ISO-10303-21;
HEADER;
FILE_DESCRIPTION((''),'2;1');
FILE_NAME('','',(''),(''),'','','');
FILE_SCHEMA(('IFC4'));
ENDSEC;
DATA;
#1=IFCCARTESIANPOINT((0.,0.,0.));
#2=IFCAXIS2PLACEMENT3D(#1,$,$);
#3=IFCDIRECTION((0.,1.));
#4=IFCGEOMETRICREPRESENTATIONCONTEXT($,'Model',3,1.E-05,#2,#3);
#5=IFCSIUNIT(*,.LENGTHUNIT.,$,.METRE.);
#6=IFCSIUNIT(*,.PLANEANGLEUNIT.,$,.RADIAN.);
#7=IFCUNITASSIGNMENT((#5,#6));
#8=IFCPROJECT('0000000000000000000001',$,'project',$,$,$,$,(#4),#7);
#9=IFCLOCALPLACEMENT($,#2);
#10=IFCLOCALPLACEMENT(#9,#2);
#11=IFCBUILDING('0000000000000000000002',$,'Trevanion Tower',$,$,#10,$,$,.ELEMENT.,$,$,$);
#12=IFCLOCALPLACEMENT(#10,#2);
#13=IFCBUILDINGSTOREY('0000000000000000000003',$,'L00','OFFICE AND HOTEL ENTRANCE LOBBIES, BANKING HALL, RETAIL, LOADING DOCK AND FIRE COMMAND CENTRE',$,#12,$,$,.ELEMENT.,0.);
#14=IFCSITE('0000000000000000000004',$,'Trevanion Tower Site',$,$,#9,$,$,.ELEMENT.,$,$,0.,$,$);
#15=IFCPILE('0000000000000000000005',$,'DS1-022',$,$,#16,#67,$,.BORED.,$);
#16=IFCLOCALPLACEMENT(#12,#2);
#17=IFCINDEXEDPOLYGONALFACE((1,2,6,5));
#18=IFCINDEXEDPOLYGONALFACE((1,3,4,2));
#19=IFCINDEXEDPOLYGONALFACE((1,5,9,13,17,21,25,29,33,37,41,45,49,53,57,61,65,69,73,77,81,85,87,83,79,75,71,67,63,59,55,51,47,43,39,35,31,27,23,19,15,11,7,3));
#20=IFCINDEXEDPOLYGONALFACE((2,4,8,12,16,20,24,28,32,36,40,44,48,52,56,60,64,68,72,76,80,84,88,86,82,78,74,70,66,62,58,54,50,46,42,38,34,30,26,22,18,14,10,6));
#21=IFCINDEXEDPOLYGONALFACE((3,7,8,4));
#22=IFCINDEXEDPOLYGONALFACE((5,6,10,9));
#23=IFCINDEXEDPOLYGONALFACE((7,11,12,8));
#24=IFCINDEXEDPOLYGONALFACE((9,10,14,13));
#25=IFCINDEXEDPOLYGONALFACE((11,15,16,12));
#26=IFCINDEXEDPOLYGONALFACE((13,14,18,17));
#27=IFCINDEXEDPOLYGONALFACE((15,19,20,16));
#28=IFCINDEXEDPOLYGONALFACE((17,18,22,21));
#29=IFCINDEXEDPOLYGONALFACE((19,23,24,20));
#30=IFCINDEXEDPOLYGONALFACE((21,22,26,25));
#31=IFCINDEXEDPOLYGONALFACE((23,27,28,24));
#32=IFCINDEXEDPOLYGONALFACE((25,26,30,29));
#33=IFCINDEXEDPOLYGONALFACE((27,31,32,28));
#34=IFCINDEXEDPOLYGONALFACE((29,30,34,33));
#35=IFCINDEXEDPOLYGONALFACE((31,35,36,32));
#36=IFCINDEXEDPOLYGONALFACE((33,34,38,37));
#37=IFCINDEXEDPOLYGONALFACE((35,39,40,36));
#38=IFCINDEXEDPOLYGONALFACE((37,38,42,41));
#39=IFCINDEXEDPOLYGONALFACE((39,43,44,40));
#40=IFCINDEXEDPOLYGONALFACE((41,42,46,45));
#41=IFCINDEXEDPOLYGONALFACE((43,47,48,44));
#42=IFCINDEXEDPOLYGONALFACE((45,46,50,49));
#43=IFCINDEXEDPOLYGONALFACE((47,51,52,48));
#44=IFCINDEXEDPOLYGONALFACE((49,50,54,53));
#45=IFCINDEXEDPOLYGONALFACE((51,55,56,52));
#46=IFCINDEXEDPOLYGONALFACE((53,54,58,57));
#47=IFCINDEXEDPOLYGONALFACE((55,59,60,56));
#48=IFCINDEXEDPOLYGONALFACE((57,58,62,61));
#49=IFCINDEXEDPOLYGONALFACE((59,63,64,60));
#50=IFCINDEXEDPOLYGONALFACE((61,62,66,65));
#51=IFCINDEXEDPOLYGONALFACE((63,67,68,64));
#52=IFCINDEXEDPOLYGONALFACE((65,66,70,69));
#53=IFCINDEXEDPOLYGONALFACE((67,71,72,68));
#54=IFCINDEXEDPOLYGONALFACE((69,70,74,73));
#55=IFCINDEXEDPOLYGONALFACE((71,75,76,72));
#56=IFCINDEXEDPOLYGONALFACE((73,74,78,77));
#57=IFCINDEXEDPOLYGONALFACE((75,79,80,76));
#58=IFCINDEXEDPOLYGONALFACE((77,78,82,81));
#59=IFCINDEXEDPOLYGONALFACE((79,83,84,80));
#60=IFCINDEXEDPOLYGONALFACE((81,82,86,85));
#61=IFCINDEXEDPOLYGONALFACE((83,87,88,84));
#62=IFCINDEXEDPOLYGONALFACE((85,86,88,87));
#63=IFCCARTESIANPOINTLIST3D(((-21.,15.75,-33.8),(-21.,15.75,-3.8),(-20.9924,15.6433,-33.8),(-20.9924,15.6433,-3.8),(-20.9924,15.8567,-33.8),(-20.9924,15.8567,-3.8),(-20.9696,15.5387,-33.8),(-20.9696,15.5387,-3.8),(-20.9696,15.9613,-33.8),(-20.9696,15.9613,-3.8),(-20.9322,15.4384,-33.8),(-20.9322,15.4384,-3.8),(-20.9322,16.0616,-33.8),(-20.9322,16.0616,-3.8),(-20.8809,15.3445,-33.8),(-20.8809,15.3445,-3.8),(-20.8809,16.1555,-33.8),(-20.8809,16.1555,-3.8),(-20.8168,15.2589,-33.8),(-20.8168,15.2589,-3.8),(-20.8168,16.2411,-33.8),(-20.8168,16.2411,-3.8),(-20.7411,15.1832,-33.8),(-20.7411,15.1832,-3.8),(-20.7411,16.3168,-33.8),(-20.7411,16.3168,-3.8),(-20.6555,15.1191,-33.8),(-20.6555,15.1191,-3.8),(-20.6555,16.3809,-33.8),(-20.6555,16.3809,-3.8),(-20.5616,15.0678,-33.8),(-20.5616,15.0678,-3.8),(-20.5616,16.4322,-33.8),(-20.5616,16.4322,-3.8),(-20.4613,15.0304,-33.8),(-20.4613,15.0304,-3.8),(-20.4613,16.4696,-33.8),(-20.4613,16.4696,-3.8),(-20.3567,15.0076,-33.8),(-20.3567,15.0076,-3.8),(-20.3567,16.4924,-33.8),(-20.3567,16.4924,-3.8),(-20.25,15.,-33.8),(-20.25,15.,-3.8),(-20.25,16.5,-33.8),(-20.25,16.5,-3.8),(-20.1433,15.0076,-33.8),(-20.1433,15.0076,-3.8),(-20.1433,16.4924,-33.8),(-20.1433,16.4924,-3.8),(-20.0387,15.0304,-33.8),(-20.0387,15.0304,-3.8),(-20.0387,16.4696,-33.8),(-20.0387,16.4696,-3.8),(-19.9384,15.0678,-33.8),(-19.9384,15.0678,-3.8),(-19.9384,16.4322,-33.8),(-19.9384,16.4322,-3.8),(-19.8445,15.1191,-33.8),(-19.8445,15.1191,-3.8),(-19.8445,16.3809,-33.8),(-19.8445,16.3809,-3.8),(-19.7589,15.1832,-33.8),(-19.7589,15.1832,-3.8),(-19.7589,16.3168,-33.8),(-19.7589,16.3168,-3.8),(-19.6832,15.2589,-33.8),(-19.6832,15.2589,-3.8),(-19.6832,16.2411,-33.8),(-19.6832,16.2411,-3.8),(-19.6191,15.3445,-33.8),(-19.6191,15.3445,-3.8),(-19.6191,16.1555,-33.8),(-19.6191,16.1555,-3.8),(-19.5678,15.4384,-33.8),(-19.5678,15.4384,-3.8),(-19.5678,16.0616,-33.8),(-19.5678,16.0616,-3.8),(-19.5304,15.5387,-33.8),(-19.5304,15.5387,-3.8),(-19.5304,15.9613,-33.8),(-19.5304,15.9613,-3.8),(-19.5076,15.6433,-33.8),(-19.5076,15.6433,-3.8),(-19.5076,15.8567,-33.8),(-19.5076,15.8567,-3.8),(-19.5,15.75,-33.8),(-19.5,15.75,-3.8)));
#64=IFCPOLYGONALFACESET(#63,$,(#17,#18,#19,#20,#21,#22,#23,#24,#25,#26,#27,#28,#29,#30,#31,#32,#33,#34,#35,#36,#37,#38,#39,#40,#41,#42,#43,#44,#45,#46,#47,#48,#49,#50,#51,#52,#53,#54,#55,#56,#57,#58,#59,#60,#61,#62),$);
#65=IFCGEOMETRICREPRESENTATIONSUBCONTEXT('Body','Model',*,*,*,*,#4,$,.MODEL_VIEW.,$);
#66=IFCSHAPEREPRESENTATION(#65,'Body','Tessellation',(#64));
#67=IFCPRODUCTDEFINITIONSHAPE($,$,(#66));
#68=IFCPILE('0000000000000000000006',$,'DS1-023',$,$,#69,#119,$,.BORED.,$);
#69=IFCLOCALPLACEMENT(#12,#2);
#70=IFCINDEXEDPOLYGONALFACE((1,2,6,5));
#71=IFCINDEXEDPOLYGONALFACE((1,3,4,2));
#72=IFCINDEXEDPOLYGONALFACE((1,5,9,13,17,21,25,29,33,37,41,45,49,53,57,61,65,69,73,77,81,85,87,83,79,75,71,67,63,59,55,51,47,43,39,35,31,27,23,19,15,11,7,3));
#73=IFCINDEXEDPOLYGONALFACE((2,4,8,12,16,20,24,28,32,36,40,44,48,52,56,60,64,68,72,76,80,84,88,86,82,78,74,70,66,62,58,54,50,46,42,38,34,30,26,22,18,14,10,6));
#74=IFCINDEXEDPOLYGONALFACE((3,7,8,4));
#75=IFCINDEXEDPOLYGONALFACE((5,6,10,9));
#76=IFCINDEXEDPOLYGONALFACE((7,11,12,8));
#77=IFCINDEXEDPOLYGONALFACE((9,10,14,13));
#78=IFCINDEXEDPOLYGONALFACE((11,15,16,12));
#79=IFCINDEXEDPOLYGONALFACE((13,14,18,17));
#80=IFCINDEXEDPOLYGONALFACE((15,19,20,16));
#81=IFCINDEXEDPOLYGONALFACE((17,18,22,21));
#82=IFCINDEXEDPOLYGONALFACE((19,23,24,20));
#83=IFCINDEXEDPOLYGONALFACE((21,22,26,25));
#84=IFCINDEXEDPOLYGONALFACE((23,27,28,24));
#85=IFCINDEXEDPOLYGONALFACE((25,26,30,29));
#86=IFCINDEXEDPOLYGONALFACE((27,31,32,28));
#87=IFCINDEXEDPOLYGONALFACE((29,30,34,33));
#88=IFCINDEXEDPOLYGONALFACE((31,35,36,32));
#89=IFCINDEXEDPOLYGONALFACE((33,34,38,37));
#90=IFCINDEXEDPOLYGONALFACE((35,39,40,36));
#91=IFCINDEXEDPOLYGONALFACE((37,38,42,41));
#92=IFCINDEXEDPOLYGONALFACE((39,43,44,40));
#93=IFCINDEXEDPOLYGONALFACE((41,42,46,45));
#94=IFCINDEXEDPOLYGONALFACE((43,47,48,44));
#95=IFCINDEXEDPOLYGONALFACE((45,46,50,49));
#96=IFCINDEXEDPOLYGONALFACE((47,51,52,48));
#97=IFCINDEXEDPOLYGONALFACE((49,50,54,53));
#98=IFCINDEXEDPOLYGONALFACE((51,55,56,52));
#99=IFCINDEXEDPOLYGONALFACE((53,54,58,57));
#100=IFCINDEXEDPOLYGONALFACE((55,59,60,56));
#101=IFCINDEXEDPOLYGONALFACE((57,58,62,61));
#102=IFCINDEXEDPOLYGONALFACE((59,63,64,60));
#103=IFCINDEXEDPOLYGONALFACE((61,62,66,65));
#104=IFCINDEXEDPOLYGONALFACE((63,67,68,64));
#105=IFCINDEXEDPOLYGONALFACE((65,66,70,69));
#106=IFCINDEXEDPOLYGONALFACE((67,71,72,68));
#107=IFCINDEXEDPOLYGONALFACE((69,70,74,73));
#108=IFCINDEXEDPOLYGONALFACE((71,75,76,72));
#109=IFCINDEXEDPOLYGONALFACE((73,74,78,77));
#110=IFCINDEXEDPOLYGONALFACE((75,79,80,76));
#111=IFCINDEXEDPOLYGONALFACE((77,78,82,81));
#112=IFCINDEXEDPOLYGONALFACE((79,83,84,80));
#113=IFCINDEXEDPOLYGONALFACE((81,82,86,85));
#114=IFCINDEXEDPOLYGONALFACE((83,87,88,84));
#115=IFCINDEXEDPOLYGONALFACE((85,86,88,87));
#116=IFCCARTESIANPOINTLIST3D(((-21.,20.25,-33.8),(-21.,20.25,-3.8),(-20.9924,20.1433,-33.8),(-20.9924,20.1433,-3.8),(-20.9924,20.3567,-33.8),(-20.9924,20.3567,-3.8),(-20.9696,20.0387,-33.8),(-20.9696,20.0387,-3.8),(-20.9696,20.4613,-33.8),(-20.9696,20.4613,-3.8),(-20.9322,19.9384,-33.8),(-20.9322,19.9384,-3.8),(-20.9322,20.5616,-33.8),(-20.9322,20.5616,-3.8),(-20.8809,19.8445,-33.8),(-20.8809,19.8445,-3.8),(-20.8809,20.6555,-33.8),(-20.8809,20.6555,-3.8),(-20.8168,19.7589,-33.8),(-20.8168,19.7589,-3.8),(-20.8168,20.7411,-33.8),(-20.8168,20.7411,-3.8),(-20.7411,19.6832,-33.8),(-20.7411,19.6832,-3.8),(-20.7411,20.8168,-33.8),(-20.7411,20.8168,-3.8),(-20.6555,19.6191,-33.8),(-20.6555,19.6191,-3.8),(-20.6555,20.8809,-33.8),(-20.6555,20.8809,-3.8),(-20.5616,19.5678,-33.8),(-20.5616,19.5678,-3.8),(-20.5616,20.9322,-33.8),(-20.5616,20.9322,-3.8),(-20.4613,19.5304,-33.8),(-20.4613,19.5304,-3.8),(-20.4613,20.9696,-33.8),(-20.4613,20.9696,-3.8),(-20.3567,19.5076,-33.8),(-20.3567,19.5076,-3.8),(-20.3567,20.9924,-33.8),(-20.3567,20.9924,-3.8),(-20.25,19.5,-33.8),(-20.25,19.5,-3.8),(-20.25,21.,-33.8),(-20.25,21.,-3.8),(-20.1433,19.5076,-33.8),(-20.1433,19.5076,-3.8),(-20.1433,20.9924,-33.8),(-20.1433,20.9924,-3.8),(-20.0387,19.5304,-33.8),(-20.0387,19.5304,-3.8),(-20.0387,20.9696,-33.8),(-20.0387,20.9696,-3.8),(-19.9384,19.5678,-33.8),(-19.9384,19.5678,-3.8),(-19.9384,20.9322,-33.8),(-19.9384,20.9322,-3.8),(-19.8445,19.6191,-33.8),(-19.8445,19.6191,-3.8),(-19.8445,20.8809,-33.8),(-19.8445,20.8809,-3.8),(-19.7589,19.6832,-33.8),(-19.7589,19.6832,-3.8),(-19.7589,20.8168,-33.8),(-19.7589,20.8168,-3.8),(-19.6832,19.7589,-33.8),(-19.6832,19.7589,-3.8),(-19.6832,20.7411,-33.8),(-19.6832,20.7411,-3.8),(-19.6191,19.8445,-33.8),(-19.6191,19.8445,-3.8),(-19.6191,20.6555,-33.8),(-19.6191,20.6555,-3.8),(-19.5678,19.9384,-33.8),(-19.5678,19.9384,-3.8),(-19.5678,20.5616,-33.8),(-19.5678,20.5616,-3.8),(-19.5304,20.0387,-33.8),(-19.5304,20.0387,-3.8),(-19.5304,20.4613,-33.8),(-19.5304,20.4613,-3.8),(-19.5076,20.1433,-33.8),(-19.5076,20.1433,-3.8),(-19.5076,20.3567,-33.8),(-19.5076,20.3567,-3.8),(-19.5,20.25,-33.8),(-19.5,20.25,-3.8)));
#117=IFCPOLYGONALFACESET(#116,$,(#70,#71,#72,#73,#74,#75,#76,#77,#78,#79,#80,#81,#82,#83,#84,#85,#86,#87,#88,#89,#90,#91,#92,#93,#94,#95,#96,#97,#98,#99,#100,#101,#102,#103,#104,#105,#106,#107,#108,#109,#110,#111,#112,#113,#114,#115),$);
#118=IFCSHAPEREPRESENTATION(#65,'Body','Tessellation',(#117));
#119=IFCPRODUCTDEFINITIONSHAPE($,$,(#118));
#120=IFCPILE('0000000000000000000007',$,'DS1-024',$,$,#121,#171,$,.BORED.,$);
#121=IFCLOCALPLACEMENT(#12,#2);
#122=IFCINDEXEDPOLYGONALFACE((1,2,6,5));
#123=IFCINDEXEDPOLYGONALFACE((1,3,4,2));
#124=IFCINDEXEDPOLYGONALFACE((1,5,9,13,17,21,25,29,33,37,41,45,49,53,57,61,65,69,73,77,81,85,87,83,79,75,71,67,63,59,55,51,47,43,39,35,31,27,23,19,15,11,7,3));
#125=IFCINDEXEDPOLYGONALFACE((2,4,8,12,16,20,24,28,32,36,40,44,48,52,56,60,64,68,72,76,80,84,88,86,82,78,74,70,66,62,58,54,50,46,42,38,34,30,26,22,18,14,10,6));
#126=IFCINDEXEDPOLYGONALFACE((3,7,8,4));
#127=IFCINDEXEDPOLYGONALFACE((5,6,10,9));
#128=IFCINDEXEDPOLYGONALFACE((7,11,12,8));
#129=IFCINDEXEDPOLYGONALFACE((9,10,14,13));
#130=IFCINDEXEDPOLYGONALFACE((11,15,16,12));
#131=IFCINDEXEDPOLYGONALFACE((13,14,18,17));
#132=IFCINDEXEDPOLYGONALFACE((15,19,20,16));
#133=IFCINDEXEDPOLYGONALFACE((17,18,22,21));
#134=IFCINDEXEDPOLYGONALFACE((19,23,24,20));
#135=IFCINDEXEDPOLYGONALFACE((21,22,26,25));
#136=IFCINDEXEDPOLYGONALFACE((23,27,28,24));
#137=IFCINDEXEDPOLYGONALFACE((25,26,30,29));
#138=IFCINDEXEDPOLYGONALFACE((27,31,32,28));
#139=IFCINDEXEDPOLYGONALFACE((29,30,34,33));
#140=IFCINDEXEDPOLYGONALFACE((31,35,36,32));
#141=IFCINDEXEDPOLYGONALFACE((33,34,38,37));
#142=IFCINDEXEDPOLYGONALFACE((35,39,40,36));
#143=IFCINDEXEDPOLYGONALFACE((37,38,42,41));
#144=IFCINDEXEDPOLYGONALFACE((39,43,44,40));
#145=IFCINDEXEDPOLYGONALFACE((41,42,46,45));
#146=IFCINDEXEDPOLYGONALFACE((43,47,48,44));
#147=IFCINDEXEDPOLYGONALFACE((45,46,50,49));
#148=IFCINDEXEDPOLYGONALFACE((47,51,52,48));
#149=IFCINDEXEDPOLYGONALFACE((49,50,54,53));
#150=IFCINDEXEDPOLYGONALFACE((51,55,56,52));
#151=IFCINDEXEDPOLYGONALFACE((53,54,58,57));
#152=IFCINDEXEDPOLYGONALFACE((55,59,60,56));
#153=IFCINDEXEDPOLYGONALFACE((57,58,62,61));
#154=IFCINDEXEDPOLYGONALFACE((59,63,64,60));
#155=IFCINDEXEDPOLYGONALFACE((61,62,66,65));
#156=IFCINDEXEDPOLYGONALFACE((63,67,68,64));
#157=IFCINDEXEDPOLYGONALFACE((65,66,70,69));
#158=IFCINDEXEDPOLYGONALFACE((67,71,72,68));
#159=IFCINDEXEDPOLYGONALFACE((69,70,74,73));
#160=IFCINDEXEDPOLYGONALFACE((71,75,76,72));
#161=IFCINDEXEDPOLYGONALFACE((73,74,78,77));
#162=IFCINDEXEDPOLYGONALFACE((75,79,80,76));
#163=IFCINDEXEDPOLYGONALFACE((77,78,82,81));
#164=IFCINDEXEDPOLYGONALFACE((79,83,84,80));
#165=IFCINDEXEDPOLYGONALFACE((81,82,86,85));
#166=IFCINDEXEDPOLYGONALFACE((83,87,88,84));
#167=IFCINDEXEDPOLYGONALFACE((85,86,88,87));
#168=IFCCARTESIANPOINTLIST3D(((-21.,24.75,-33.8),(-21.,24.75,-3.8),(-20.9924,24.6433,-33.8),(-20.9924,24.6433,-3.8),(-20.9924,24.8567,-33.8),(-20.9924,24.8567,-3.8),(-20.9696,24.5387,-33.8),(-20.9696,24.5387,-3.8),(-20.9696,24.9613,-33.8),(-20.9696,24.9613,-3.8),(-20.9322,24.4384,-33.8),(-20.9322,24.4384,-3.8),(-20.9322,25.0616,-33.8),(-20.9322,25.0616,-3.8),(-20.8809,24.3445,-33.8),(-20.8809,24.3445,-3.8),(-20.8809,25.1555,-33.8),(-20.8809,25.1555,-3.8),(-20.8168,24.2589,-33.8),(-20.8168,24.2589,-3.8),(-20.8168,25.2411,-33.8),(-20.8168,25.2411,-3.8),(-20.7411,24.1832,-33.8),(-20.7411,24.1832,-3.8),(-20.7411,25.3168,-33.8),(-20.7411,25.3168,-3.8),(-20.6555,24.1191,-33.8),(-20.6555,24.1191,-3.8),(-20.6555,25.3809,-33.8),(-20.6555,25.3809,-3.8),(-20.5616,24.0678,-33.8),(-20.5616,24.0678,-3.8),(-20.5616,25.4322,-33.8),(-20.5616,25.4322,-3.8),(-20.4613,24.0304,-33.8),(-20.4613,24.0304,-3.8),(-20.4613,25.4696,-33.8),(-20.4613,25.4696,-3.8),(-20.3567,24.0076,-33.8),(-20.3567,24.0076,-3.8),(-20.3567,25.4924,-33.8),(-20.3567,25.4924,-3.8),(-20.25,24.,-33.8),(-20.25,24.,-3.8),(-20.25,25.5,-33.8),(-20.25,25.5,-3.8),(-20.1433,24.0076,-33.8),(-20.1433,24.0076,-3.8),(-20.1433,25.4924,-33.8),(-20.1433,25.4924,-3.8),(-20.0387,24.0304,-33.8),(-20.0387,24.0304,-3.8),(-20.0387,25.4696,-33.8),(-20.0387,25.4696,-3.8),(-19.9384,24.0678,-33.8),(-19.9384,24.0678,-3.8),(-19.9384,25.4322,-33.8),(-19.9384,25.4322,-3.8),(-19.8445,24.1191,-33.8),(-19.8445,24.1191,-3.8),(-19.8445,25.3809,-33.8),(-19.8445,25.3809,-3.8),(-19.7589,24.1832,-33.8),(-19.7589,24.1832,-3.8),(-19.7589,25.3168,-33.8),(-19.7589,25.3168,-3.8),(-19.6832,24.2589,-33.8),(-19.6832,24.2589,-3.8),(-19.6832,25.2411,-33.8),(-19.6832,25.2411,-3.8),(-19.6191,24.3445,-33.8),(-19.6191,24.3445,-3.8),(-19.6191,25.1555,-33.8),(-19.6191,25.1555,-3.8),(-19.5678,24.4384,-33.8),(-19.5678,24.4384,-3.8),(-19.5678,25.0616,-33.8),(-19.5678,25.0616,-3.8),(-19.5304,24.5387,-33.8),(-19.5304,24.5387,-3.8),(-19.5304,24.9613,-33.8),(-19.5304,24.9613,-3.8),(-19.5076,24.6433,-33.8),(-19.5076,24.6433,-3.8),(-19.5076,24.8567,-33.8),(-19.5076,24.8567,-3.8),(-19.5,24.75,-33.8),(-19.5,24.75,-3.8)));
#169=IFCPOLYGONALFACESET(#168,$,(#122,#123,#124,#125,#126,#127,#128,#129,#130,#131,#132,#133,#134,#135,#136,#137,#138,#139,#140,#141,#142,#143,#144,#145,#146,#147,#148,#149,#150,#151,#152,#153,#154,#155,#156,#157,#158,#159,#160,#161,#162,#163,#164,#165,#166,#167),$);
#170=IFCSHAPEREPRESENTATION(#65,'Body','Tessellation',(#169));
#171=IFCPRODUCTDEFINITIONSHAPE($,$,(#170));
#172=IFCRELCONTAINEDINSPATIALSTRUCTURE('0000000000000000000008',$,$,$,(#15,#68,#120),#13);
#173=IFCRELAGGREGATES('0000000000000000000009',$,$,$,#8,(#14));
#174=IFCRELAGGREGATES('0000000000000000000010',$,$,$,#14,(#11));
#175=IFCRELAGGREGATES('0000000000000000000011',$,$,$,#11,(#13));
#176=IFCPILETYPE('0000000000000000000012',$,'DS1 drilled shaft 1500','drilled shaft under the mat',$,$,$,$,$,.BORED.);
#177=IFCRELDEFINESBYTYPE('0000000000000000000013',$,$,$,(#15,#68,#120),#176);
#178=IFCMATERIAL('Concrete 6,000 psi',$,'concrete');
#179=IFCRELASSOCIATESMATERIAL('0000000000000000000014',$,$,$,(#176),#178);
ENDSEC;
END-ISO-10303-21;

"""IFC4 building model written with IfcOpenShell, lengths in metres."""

from ifc_helpers import new_model, si_unit, direction, frame, origin, origin_2d, place, context, subcontext, project, spatial, circle, extrude, material, material_profile, profile_set, type_object, element, save


model = new_model("IFC4")

# Units and contexts
model_context = context("Model", 3, precision=1e-05, world=origin(), true_north=direction((0.0, 1.0)))
body_context = subcontext(model_context, "Body", "Model", "MODEL_VIEW")
ifc_project = project(units=[si_unit("LENGTHUNIT", "METRE"), si_unit("PLANEANGLEUNIT", "RADIAN")], contexts=[model_context])

# Site, building, storey
site_placement = place(None, origin())
site = spatial("IfcSite", under=ifc_project, at=site_placement, Name="Trevanion Tower Site", CompositionType="ELEMENT", RefElevation=0.0)
building_placement = place(site_placement, origin())
building = spatial("IfcBuilding", under=site, at=building_placement, Name="Trevanion Tower", CompositionType="ELEMENT")
storey_placement = place(building_placement, origin())
storey = spatial("IfcBuildingStorey", under=building, at=storey_placement, Name="L00", Description="OFFICE AND HOTEL ENTRANCE LOBBIES, BANKING HALL, RETAIL, LOADING DOCK AND FIRE COMMAND CENTRE", CompositionType="ELEMENT", Elevation=0.0)

# Piles
ifc_material_1 = material(Name="Concrete 6,000 psi", Category="concrete")
ifc_material_profile_1 = material_profile(ifc_material_1, circle(Radius=0.75, at=origin_2d()), Name="DS1 drilled shaft 1500")
ifc_profile_set_1 = profile_set([ifc_material_profile_1], Name="Concrete 6,000 psi")
pile_type_1 = type_object("IfcPileType", Name="DS1 drilled shaft 1500", Description="drilled shaft under the mat", PredefinedType="BORED", material=ifc_profile_set_1)
for number, where, z_axis, x_axis, name in (
    (1, (-20.25, 15.75, -3.8), (0.0, 0.0, -1.0), (1.0, 0.0, 0.0), "DS1-022"),
    (2, (-20.25, 20.25, -3.8), (0.0, 0.0, -1.0), (1.0, 0.0, 0.0), "DS1-023"),
    (3, (-20.25, 24.75, -3.8), (0.0, 0.0, -1.0), (1.0, 0.0, 0.0), "DS1-024"),
):
    element("IfcPile", number, at=place(storey_placement, frame(where, z_axis=z_axis, x_axis=x_axis)), inside=storey, type_object=pile_type_1, Name=name, PredefinedType="BORED", context=body_context, shape_type="SweptSolid", body=[
        extrude(circle(Radius=0.75, at=origin_2d()), origin(), (0.0, 0.0, 1.0), 30.0),
    ])

save(model, "model.ifc")
